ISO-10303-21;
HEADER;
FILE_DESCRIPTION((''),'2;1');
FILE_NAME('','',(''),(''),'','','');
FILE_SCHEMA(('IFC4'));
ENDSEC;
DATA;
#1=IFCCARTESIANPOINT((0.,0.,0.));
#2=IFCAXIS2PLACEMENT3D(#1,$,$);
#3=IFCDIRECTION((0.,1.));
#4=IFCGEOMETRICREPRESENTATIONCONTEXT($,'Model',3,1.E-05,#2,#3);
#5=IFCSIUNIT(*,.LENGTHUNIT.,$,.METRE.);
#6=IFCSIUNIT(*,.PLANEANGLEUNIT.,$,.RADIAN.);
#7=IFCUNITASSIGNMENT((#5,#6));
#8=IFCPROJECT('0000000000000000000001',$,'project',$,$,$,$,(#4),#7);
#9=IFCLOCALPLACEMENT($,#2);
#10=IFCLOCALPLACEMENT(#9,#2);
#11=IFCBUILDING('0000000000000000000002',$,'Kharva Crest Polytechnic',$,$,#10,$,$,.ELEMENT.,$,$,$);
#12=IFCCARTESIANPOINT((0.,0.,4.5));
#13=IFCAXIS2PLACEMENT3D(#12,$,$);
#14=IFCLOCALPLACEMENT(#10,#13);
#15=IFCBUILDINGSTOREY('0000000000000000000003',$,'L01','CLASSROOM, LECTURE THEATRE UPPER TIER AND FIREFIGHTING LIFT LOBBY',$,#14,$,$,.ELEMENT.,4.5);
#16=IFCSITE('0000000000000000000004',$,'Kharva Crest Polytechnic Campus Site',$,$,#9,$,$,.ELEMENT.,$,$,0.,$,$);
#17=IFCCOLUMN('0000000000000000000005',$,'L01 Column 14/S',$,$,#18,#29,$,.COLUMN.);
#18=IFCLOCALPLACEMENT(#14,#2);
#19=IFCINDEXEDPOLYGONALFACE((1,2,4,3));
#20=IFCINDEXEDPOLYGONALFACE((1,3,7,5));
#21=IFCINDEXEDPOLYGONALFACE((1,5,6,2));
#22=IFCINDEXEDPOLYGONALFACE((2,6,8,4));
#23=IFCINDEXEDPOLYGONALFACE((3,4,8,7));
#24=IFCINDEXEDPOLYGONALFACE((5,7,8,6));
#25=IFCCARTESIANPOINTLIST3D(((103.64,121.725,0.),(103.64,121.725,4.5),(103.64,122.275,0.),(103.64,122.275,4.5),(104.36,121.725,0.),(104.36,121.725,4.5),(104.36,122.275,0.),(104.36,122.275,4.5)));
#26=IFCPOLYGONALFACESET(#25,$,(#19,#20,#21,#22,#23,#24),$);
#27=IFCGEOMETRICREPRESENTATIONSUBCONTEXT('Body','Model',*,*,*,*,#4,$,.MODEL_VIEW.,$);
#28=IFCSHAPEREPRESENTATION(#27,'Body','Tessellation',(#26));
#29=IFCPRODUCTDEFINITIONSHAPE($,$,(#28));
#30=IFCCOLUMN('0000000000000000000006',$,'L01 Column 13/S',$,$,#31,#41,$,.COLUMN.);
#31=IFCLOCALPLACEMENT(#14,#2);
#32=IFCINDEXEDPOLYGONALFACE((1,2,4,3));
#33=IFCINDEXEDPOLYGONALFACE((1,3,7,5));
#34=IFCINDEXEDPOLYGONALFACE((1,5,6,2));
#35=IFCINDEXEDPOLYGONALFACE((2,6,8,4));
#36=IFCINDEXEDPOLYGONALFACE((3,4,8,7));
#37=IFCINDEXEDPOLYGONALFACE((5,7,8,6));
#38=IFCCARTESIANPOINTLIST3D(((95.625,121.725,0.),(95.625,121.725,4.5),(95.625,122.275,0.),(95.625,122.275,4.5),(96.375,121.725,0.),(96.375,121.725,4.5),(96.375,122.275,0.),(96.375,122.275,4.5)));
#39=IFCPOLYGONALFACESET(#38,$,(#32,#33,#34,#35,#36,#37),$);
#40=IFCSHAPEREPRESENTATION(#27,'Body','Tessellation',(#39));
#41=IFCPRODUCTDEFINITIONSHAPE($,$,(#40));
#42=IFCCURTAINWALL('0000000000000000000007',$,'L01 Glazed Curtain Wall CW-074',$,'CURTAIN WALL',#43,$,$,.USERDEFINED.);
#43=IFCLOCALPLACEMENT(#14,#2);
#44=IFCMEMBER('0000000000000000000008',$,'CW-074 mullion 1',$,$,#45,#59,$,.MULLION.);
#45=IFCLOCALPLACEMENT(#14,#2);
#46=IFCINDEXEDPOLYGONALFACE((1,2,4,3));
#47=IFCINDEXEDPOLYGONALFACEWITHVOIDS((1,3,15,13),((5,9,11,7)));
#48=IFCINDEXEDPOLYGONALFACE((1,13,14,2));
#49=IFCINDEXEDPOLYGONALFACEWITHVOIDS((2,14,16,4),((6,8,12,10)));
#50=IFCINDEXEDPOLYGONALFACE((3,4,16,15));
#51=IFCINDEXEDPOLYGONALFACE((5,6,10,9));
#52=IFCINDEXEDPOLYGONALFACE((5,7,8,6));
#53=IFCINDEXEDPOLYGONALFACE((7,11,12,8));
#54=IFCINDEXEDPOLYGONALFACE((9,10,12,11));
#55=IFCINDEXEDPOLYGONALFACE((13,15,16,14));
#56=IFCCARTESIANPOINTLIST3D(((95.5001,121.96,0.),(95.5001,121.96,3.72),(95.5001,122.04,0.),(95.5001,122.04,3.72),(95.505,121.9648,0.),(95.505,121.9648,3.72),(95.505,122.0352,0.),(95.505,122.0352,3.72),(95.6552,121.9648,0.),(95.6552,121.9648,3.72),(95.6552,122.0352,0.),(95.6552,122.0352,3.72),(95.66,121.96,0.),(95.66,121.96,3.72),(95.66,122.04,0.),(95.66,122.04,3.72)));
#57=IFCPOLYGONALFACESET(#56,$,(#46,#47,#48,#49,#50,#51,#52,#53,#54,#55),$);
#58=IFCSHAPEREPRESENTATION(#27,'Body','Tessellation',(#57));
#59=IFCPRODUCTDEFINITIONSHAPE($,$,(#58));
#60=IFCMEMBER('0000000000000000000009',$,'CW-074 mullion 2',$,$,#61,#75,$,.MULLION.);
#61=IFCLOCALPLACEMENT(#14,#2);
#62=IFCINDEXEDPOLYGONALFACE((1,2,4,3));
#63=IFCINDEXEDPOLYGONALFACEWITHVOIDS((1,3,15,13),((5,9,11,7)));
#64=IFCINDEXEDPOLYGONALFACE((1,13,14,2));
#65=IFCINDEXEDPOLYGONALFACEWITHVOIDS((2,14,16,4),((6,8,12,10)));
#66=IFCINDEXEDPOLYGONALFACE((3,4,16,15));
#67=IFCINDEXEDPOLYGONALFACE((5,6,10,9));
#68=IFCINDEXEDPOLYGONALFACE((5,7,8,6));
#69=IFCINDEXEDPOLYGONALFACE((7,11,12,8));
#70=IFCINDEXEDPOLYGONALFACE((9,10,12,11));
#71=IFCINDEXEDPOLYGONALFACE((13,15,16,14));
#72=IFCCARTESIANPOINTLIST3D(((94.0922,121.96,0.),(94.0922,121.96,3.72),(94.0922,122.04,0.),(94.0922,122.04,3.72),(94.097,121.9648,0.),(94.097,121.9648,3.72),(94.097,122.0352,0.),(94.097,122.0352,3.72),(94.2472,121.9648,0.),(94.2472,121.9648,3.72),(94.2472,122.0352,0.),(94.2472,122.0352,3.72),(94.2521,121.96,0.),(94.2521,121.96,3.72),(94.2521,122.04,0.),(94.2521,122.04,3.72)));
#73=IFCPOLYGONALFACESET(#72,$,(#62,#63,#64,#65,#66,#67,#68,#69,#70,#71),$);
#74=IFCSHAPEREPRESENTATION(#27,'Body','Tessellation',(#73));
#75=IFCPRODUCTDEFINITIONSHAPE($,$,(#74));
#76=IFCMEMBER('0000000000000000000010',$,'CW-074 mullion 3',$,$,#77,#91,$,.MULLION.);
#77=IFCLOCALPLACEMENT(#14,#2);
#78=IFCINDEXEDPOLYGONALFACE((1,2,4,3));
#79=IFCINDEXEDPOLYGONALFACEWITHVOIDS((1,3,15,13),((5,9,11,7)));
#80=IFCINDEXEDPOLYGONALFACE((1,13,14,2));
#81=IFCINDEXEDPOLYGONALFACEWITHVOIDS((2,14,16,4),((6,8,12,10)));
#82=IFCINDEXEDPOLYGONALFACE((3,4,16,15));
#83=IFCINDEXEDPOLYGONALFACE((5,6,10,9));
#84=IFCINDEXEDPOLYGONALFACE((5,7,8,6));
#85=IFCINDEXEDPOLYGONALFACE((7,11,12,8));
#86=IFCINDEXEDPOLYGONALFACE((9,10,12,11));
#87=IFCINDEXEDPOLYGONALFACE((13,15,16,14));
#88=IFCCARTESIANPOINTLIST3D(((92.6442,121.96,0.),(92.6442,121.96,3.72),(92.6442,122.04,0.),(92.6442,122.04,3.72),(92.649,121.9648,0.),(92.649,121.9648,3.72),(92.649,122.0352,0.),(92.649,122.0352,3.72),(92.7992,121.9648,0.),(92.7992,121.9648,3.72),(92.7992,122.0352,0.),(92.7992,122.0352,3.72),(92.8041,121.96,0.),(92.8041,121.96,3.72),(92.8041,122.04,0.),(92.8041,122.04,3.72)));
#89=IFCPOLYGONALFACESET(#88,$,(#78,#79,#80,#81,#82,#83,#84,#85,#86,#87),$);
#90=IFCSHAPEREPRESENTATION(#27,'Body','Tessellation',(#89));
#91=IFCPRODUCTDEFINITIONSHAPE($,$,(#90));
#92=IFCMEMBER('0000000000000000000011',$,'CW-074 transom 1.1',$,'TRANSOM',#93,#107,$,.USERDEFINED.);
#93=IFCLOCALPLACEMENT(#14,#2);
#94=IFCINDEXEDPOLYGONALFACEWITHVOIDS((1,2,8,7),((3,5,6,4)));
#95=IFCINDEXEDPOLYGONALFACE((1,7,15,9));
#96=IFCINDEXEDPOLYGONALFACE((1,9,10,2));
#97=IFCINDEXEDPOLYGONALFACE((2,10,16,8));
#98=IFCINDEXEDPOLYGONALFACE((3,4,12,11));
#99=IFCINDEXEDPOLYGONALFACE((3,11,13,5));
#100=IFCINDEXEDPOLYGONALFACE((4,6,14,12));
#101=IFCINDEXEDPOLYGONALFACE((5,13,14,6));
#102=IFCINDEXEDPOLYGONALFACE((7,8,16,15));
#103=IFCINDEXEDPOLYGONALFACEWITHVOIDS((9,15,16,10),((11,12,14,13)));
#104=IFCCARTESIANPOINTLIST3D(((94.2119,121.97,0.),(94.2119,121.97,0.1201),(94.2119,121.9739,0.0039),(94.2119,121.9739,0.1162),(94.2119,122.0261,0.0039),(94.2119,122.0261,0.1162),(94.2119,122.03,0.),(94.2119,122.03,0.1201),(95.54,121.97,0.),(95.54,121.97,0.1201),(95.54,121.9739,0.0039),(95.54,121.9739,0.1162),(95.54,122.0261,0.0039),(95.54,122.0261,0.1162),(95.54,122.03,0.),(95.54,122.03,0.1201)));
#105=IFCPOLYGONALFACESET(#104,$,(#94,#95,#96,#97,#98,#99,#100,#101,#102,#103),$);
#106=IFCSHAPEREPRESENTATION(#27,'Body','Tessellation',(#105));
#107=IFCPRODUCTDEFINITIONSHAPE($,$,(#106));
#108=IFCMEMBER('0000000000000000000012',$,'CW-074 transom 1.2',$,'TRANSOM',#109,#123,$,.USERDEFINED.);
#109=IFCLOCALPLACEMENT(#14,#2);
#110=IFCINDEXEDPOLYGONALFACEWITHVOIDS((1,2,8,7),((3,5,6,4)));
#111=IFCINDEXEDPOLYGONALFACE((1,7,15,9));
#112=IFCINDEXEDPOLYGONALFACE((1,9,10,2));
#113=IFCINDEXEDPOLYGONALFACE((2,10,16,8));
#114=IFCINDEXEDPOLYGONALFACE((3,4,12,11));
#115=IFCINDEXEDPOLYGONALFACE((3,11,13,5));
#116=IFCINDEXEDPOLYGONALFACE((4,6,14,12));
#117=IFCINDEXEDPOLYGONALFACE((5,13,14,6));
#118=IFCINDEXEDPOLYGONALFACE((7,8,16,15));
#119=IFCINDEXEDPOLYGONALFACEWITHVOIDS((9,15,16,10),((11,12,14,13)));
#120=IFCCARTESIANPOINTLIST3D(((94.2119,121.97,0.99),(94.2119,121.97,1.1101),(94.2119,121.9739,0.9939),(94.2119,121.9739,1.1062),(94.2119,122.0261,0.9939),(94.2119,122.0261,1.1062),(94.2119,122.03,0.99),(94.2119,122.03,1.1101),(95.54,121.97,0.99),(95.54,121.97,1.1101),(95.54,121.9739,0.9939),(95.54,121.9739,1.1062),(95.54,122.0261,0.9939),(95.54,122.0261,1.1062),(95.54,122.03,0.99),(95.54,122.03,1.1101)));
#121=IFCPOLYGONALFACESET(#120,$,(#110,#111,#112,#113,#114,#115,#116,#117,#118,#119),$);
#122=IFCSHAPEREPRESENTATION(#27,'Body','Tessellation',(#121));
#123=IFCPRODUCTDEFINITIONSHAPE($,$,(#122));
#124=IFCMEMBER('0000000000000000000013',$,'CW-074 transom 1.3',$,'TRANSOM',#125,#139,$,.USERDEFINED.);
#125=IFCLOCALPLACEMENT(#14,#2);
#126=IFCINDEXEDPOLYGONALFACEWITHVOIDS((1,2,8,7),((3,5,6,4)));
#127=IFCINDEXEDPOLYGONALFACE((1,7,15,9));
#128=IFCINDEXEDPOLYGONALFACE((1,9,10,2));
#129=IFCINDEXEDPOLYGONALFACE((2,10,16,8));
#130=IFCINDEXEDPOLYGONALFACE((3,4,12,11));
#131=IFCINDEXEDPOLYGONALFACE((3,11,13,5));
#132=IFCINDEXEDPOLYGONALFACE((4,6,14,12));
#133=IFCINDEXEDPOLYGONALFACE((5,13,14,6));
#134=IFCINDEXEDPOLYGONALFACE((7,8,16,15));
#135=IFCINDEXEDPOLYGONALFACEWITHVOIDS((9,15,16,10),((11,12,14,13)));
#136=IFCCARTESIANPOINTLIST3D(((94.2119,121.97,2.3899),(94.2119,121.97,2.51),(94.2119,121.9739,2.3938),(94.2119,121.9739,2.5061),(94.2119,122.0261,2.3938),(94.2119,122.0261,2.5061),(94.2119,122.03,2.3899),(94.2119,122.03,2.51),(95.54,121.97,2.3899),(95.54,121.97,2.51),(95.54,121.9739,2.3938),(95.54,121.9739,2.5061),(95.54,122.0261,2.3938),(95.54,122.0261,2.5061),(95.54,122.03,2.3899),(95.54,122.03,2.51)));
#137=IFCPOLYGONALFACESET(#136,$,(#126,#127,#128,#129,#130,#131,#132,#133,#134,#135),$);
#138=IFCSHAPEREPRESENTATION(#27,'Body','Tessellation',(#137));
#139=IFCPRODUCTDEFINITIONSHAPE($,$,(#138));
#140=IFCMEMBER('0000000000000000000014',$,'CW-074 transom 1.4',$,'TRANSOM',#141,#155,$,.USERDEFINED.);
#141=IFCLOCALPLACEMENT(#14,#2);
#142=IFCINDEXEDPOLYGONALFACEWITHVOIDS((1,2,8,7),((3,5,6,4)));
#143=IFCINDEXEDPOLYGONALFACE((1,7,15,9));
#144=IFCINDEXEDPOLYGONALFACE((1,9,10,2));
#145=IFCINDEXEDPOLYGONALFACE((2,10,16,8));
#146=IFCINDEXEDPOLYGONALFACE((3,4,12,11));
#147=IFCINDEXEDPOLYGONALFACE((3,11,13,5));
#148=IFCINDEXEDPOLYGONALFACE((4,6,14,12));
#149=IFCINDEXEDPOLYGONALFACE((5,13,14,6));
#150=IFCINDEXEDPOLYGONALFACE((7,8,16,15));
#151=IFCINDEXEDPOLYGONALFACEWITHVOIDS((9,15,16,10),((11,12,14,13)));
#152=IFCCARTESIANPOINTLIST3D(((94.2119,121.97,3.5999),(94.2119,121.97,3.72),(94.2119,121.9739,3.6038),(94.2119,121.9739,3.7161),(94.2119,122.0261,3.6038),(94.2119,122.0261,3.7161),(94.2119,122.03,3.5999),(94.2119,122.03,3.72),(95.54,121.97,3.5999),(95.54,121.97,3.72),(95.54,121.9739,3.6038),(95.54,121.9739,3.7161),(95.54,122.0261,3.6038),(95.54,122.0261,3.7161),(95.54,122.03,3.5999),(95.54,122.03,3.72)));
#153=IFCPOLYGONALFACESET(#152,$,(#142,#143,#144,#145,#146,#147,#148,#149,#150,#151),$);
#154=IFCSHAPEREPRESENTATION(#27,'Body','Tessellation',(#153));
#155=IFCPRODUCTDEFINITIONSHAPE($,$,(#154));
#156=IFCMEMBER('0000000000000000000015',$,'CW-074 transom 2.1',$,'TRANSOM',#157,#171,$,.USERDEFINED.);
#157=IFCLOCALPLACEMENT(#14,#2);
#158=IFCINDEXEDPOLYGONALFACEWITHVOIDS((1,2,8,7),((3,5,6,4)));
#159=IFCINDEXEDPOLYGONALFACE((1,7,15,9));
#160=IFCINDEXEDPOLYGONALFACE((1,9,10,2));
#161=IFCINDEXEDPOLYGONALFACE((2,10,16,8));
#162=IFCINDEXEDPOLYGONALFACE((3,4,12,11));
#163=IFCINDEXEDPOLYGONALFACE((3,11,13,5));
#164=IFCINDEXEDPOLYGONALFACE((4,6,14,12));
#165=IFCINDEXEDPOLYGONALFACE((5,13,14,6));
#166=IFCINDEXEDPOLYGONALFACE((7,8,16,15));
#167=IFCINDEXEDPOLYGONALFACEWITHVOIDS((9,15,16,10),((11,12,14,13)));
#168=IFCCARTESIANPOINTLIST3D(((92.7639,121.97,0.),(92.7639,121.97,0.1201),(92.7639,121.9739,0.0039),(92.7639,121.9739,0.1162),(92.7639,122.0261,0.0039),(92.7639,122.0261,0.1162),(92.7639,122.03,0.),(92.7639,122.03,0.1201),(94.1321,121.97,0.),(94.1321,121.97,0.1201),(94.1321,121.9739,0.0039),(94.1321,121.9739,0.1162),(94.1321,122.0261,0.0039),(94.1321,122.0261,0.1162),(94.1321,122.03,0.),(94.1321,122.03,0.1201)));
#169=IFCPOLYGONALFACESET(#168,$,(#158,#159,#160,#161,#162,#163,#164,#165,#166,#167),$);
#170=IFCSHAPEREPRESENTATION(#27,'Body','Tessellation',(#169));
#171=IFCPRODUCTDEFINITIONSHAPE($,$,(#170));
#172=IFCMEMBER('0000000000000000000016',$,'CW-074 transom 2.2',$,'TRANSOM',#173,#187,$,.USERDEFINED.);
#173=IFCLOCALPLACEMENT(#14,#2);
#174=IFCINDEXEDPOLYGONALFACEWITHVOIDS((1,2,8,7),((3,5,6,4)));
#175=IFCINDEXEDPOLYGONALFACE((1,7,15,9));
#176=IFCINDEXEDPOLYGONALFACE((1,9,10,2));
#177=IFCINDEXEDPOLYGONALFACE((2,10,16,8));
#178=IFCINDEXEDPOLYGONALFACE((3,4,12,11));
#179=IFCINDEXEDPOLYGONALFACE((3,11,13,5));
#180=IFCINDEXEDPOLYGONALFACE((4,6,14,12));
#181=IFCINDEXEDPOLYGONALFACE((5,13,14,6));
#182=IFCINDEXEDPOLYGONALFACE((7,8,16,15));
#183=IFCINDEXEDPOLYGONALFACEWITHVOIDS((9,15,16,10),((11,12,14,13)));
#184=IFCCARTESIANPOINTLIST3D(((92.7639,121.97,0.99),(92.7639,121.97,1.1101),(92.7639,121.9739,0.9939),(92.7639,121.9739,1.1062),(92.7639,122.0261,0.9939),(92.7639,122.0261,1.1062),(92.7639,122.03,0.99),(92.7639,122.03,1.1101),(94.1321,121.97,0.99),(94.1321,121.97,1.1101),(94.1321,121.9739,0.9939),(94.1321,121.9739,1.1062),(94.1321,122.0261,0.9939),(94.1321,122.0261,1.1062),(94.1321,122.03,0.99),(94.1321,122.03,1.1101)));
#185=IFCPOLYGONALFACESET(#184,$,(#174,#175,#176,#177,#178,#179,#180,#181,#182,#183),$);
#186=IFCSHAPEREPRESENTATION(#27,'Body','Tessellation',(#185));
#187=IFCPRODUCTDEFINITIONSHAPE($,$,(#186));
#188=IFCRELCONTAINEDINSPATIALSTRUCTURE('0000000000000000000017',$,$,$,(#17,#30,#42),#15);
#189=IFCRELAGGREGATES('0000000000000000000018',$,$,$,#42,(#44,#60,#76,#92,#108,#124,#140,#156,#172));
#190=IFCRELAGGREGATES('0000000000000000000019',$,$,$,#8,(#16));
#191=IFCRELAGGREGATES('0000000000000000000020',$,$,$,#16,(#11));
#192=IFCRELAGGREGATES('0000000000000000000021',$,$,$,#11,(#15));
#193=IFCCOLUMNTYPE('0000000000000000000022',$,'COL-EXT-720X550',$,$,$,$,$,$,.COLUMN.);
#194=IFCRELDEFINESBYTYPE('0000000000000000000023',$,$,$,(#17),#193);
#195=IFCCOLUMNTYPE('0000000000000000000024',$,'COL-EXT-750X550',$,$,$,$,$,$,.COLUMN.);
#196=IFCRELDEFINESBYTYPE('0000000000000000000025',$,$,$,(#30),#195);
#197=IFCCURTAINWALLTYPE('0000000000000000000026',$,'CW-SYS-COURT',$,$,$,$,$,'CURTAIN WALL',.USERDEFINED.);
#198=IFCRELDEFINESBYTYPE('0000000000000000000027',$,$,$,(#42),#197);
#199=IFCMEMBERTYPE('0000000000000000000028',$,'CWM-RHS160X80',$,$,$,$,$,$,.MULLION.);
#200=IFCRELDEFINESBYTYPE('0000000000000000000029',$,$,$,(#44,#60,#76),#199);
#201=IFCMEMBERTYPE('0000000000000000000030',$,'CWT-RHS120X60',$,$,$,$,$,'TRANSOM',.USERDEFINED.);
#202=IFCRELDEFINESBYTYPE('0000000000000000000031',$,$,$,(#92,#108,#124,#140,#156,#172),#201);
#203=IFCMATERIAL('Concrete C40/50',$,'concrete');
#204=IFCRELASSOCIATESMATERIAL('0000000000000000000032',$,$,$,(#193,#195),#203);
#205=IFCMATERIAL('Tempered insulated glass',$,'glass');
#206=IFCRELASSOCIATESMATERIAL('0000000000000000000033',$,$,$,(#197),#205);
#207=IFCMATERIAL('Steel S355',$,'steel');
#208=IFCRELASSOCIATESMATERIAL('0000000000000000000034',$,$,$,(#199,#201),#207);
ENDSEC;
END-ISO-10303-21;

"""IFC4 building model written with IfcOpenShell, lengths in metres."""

from ifc_helpers import new_model, si_unit, direction, frame, origin, origin_2d, place, context, subcontext, project, spatial, rectangle, hollow_rectangle, extrude, material, material_profile, profile_set, type_object, element, aggregate, save


model = new_model("IFC4")

# Units and contexts
model_context = context("Model", 3, precision=1e-05, world=origin(), true_north=direction((0.0, 1.0)))
body_context = subcontext(model_context, "Body", "Model", "MODEL_VIEW")
ifc_project = project(units=[si_unit("LENGTHUNIT", "METRE"), si_unit("PLANEANGLEUNIT", "RADIAN")], contexts=[model_context])

# Site, building, storey
site_placement = place(None, origin())
site = spatial("IfcSite", under=ifc_project, at=site_placement, Name="Kharva Crest Polytechnic Campus Site", CompositionType="ELEMENT", RefElevation=0.0)
building_placement = place(site_placement, origin())
building = spatial("IfcBuilding", under=site, at=building_placement, Name="Kharva Crest Polytechnic", CompositionType="ELEMENT")
storey_placement = place(building_placement, frame((0.0, 0.0, 4.5)))
storey = spatial("IfcBuildingStorey", under=building, at=storey_placement, Name="L01", Description="CLASSROOM, LECTURE THEATRE UPPER TIER AND FIREFIGHTING LIFT LOBBY", CompositionType="ELEMENT", Elevation=4.5)

# Columns
ifc_material_1 = material(Name="Concrete C40/50", Category="concrete")
ifc_material_profile_1 = material_profile(ifc_material_1, rectangle(XDim=0.72, YDim=0.55, at=origin_2d()), Name="RECT 720 X 550")
ifc_profile_set_1 = profile_set([ifc_material_profile_1], Name="Concrete C40/50")
column_type_1 = type_object("IfcColumnType", Name="COL-EXT-720X550", PredefinedType="COLUMN", material=ifc_profile_set_1)
column_1_placement = place(storey_placement, frame((104.0, 122.0, 0.0), z_axis=(0.0, 0.0, 1.0), x_axis=(1.0, 0.0, 0.0)))
element("IfcColumn", 1, at=column_1_placement, inside=storey, type_object=column_type_1, Name="L01 Column 14/S", PredefinedType="COLUMN", context=body_context, shape_type="SweptSolid", body=[
    extrude(rectangle(XDim=0.72, YDim=0.55, at=origin_2d()), origin(), (0.0, 0.0, 1.0), 4.5),
])
ifc_material_profile_2 = material_profile(ifc_material_1, rectangle(XDim=0.75, YDim=0.55, at=origin_2d()), Name="RECT 750 X 550")
ifc_profile_set_2 = profile_set([ifc_material_profile_2], Name="Concrete C40/50")
column_type_2 = type_object("IfcColumnType", Name="COL-EXT-750X550", PredefinedType="COLUMN", material=ifc_profile_set_2)
column_2_placement = place(storey_placement, frame((96.0, 122.0, 0.0), z_axis=(0.0, 0.0, 1.0), x_axis=(1.0, 0.0, 0.0)))
element("IfcColumn", 2, at=column_2_placement, inside=storey, type_object=column_type_2, Name="L01 Column 13/S", PredefinedType="COLUMN", context=body_context, shape_type="SweptSolid", body=[
    extrude(rectangle(XDim=0.75, YDim=0.55, at=origin_2d()), origin(), (0.0, 0.0, 1.0), 4.5),
])

# Curtain wall, members
ifc_material_2 = material(Name="Tempered insulated glass", Category="glass")
curtain_wall_type = type_object("IfcCurtainWallType", Name="CW-SYS-COURT", ElementType="CURTAIN WALL", PredefinedType="USERDEFINED", material=ifc_material_2)
curtain_wall_placement = place(storey_placement, origin())
curtain_wall = element("IfcCurtainWall", 3, at=curtain_wall_placement, inside=storey, type_object=curtain_wall_type, Name="L01 Glazed Curtain Wall CW-074", ObjectType="CURTAIN WALL", PredefinedType="USERDEFINED")
ifc_material_3 = material(Name="Steel S355", Category="steel")
ifc_material_profile_3 = material_profile(ifc_material_3, hollow_rectangle(XDim=0.0801, YDim=0.1599, WallThickness=0.0049, at=origin_2d()), Name="RHS 160X80X5.0")
ifc_profile_set_3 = profile_set([ifc_material_profile_3], Name="Steel S355")
member_type_1 = type_object("IfcMemberType", Name="CWM-RHS160X80", PredefinedType="MULLION", material=ifc_profile_set_3)
member_1_placement = place(storey_placement, frame((95.5801, 122.0, 0.0), z_axis=(0.0, 0.0, 1.0), x_axis=(0.0, -1.0, 0.0)))
member_1 = element("IfcMember", 4, at=member_1_placement, type_object=member_type_1, Name="CW-074 mullion 1", PredefinedType="MULLION", context=body_context, shape_type="SweptSolid", body=[
    extrude(hollow_rectangle(XDim=0.0801, YDim=0.1599, WallThickness=0.0049, at=origin_2d()), origin(), (0.0, 0.0, 1.0), 3.72),
])
member_2_placement = place(storey_placement, frame((94.1721, 122.0, 0.0), z_axis=(0.0, 0.0, 1.0), x_axis=(0.0, -1.0, 0.0)))
member_2 = element("IfcMember", 5, at=member_2_placement, type_object=member_type_1, Name="CW-074 mullion 2", PredefinedType="MULLION", context=body_context, shape_type="SweptSolid", body=[
    extrude(hollow_rectangle(XDim=0.0801, YDim=0.1599, WallThickness=0.0049, at=origin_2d()), origin(), (0.0, 0.0, 1.0), 3.72),
])
member_3_placement = place(storey_placement, frame((92.7241, 122.0, 0.0), z_axis=(0.0, 0.0, 1.0), x_axis=(0.0, -1.0, 0.0)))
member_3 = element("IfcMember", 6, at=member_3_placement, type_object=member_type_1, Name="CW-074 mullion 3", PredefinedType="MULLION", context=body_context, shape_type="SweptSolid", body=[
    extrude(hollow_rectangle(XDim=0.0801, YDim=0.1599, WallThickness=0.0049, at=origin_2d()), origin(), (0.0, 0.0, 1.0), 3.72),
])
ifc_material_profile_4 = material_profile(ifc_material_3, hollow_rectangle(XDim=0.0601, YDim=0.1201, WallThickness=0.0039, at=origin_2d()), Name="RHS 120X60X4.0")
ifc_profile_set_4 = profile_set([ifc_material_profile_4], Name="Steel S355")
member_type_2 = type_object("IfcMemberType", Name="CWT-RHS120X60", ElementType="TRANSOM", PredefinedType="USERDEFINED", material=ifc_profile_set_4)
member_4_placement = place(storey_placement, frame((95.54, 122.0, 0.0601), z_axis=(-1.0, 0.0, 0.0), x_axis=(0.0, -1.0, 0.0)))
member_4 = element("IfcMember", 7, at=member_4_placement, type_object=member_type_2, Name="CW-074 transom 1.1", ObjectType="TRANSOM", PredefinedType="USERDEFINED", context=body_context, shape_type="SweptSolid", body=[
    extrude(hollow_rectangle(XDim=0.0601, YDim=0.1201, WallThickness=0.0039, at=origin_2d()), origin(), (0.0, 0.0, 1.0), 1.3281),
])
member_5_placement = place(storey_placement, frame((95.54, 122.0, 1.05), z_axis=(-1.0, 0.0, 0.0), x_axis=(0.0, -1.0, 0.0)))
member_5 = element("IfcMember", 8, at=member_5_placement, type_object=member_type_2, Name="CW-074 transom 1.2", ObjectType="TRANSOM", PredefinedType="USERDEFINED", context=body_context, shape_type="SweptSolid", body=[
    extrude(hollow_rectangle(XDim=0.0601, YDim=0.1201, WallThickness=0.0039, at=origin_2d()), origin(), (0.0, 0.0, 1.0), 1.3281),
])
member_6_placement = place(storey_placement, frame((95.54, 122.0, 2.45), z_axis=(-1.0, 0.0, 0.0), x_axis=(0.0, -1.0, 0.0)))
member_6 = element("IfcMember", 9, at=member_6_placement, type_object=member_type_2, Name="CW-074 transom 1.3", ObjectType="TRANSOM", PredefinedType="USERDEFINED", context=body_context, shape_type="SweptSolid", body=[
    extrude(hollow_rectangle(XDim=0.0601, YDim=0.1201, WallThickness=0.0039, at=origin_2d()), origin(), (0.0, 0.0, 1.0), 1.3281),
])
member_7_placement = place(storey_placement, frame((95.54, 122.0, 3.6599), z_axis=(-1.0, 0.0, 0.0), x_axis=(0.0, -1.0, 0.0)))
member_7 = element("IfcMember", 10, at=member_7_placement, type_object=member_type_2, Name="CW-074 transom 1.4", ObjectType="TRANSOM", PredefinedType="USERDEFINED", context=body_context, shape_type="SweptSolid", body=[
    extrude(hollow_rectangle(XDim=0.0601, YDim=0.1201, WallThickness=0.0039, at=origin_2d()), origin(), (0.0, 0.0, 1.0), 1.3281),
])
member_8_placement = place(storey_placement, frame((94.1321, 122.0, 0.0601), z_axis=(-1.0, 0.0, 0.0), x_axis=(0.0, -1.0, 0.0)))
member_8 = element("IfcMember", 11, at=member_8_placement, type_object=member_type_2, Name="CW-074 transom 2.1", ObjectType="TRANSOM", PredefinedType="USERDEFINED", context=body_context, shape_type="SweptSolid", body=[
    extrude(hollow_rectangle(XDim=0.0601, YDim=0.1201, WallThickness=0.0039, at=origin_2d()), origin(), (0.0, 0.0, 1.0), 1.3682),
])
member_9_placement = place(storey_placement, frame((94.1321, 122.0, 1.05), z_axis=(-1.0, 0.0, 0.0), x_axis=(0.0, -1.0, 0.0)))
member_9 = element("IfcMember", 12, at=member_9_placement, type_object=member_type_2, Name="CW-074 transom 2.2", ObjectType="TRANSOM", PredefinedType="USERDEFINED", context=body_context, shape_type="SweptSolid", body=[
    extrude(hollow_rectangle(XDim=0.0601, YDim=0.1201, WallThickness=0.0039, at=origin_2d()), origin(), (0.0, 0.0, 1.0), 1.3682),
])

aggregate(curtain_wall, [member_1, member_2, member_3, member_4, member_5, member_6, member_7, member_8, member_9])

save(model, "model.ifc")
